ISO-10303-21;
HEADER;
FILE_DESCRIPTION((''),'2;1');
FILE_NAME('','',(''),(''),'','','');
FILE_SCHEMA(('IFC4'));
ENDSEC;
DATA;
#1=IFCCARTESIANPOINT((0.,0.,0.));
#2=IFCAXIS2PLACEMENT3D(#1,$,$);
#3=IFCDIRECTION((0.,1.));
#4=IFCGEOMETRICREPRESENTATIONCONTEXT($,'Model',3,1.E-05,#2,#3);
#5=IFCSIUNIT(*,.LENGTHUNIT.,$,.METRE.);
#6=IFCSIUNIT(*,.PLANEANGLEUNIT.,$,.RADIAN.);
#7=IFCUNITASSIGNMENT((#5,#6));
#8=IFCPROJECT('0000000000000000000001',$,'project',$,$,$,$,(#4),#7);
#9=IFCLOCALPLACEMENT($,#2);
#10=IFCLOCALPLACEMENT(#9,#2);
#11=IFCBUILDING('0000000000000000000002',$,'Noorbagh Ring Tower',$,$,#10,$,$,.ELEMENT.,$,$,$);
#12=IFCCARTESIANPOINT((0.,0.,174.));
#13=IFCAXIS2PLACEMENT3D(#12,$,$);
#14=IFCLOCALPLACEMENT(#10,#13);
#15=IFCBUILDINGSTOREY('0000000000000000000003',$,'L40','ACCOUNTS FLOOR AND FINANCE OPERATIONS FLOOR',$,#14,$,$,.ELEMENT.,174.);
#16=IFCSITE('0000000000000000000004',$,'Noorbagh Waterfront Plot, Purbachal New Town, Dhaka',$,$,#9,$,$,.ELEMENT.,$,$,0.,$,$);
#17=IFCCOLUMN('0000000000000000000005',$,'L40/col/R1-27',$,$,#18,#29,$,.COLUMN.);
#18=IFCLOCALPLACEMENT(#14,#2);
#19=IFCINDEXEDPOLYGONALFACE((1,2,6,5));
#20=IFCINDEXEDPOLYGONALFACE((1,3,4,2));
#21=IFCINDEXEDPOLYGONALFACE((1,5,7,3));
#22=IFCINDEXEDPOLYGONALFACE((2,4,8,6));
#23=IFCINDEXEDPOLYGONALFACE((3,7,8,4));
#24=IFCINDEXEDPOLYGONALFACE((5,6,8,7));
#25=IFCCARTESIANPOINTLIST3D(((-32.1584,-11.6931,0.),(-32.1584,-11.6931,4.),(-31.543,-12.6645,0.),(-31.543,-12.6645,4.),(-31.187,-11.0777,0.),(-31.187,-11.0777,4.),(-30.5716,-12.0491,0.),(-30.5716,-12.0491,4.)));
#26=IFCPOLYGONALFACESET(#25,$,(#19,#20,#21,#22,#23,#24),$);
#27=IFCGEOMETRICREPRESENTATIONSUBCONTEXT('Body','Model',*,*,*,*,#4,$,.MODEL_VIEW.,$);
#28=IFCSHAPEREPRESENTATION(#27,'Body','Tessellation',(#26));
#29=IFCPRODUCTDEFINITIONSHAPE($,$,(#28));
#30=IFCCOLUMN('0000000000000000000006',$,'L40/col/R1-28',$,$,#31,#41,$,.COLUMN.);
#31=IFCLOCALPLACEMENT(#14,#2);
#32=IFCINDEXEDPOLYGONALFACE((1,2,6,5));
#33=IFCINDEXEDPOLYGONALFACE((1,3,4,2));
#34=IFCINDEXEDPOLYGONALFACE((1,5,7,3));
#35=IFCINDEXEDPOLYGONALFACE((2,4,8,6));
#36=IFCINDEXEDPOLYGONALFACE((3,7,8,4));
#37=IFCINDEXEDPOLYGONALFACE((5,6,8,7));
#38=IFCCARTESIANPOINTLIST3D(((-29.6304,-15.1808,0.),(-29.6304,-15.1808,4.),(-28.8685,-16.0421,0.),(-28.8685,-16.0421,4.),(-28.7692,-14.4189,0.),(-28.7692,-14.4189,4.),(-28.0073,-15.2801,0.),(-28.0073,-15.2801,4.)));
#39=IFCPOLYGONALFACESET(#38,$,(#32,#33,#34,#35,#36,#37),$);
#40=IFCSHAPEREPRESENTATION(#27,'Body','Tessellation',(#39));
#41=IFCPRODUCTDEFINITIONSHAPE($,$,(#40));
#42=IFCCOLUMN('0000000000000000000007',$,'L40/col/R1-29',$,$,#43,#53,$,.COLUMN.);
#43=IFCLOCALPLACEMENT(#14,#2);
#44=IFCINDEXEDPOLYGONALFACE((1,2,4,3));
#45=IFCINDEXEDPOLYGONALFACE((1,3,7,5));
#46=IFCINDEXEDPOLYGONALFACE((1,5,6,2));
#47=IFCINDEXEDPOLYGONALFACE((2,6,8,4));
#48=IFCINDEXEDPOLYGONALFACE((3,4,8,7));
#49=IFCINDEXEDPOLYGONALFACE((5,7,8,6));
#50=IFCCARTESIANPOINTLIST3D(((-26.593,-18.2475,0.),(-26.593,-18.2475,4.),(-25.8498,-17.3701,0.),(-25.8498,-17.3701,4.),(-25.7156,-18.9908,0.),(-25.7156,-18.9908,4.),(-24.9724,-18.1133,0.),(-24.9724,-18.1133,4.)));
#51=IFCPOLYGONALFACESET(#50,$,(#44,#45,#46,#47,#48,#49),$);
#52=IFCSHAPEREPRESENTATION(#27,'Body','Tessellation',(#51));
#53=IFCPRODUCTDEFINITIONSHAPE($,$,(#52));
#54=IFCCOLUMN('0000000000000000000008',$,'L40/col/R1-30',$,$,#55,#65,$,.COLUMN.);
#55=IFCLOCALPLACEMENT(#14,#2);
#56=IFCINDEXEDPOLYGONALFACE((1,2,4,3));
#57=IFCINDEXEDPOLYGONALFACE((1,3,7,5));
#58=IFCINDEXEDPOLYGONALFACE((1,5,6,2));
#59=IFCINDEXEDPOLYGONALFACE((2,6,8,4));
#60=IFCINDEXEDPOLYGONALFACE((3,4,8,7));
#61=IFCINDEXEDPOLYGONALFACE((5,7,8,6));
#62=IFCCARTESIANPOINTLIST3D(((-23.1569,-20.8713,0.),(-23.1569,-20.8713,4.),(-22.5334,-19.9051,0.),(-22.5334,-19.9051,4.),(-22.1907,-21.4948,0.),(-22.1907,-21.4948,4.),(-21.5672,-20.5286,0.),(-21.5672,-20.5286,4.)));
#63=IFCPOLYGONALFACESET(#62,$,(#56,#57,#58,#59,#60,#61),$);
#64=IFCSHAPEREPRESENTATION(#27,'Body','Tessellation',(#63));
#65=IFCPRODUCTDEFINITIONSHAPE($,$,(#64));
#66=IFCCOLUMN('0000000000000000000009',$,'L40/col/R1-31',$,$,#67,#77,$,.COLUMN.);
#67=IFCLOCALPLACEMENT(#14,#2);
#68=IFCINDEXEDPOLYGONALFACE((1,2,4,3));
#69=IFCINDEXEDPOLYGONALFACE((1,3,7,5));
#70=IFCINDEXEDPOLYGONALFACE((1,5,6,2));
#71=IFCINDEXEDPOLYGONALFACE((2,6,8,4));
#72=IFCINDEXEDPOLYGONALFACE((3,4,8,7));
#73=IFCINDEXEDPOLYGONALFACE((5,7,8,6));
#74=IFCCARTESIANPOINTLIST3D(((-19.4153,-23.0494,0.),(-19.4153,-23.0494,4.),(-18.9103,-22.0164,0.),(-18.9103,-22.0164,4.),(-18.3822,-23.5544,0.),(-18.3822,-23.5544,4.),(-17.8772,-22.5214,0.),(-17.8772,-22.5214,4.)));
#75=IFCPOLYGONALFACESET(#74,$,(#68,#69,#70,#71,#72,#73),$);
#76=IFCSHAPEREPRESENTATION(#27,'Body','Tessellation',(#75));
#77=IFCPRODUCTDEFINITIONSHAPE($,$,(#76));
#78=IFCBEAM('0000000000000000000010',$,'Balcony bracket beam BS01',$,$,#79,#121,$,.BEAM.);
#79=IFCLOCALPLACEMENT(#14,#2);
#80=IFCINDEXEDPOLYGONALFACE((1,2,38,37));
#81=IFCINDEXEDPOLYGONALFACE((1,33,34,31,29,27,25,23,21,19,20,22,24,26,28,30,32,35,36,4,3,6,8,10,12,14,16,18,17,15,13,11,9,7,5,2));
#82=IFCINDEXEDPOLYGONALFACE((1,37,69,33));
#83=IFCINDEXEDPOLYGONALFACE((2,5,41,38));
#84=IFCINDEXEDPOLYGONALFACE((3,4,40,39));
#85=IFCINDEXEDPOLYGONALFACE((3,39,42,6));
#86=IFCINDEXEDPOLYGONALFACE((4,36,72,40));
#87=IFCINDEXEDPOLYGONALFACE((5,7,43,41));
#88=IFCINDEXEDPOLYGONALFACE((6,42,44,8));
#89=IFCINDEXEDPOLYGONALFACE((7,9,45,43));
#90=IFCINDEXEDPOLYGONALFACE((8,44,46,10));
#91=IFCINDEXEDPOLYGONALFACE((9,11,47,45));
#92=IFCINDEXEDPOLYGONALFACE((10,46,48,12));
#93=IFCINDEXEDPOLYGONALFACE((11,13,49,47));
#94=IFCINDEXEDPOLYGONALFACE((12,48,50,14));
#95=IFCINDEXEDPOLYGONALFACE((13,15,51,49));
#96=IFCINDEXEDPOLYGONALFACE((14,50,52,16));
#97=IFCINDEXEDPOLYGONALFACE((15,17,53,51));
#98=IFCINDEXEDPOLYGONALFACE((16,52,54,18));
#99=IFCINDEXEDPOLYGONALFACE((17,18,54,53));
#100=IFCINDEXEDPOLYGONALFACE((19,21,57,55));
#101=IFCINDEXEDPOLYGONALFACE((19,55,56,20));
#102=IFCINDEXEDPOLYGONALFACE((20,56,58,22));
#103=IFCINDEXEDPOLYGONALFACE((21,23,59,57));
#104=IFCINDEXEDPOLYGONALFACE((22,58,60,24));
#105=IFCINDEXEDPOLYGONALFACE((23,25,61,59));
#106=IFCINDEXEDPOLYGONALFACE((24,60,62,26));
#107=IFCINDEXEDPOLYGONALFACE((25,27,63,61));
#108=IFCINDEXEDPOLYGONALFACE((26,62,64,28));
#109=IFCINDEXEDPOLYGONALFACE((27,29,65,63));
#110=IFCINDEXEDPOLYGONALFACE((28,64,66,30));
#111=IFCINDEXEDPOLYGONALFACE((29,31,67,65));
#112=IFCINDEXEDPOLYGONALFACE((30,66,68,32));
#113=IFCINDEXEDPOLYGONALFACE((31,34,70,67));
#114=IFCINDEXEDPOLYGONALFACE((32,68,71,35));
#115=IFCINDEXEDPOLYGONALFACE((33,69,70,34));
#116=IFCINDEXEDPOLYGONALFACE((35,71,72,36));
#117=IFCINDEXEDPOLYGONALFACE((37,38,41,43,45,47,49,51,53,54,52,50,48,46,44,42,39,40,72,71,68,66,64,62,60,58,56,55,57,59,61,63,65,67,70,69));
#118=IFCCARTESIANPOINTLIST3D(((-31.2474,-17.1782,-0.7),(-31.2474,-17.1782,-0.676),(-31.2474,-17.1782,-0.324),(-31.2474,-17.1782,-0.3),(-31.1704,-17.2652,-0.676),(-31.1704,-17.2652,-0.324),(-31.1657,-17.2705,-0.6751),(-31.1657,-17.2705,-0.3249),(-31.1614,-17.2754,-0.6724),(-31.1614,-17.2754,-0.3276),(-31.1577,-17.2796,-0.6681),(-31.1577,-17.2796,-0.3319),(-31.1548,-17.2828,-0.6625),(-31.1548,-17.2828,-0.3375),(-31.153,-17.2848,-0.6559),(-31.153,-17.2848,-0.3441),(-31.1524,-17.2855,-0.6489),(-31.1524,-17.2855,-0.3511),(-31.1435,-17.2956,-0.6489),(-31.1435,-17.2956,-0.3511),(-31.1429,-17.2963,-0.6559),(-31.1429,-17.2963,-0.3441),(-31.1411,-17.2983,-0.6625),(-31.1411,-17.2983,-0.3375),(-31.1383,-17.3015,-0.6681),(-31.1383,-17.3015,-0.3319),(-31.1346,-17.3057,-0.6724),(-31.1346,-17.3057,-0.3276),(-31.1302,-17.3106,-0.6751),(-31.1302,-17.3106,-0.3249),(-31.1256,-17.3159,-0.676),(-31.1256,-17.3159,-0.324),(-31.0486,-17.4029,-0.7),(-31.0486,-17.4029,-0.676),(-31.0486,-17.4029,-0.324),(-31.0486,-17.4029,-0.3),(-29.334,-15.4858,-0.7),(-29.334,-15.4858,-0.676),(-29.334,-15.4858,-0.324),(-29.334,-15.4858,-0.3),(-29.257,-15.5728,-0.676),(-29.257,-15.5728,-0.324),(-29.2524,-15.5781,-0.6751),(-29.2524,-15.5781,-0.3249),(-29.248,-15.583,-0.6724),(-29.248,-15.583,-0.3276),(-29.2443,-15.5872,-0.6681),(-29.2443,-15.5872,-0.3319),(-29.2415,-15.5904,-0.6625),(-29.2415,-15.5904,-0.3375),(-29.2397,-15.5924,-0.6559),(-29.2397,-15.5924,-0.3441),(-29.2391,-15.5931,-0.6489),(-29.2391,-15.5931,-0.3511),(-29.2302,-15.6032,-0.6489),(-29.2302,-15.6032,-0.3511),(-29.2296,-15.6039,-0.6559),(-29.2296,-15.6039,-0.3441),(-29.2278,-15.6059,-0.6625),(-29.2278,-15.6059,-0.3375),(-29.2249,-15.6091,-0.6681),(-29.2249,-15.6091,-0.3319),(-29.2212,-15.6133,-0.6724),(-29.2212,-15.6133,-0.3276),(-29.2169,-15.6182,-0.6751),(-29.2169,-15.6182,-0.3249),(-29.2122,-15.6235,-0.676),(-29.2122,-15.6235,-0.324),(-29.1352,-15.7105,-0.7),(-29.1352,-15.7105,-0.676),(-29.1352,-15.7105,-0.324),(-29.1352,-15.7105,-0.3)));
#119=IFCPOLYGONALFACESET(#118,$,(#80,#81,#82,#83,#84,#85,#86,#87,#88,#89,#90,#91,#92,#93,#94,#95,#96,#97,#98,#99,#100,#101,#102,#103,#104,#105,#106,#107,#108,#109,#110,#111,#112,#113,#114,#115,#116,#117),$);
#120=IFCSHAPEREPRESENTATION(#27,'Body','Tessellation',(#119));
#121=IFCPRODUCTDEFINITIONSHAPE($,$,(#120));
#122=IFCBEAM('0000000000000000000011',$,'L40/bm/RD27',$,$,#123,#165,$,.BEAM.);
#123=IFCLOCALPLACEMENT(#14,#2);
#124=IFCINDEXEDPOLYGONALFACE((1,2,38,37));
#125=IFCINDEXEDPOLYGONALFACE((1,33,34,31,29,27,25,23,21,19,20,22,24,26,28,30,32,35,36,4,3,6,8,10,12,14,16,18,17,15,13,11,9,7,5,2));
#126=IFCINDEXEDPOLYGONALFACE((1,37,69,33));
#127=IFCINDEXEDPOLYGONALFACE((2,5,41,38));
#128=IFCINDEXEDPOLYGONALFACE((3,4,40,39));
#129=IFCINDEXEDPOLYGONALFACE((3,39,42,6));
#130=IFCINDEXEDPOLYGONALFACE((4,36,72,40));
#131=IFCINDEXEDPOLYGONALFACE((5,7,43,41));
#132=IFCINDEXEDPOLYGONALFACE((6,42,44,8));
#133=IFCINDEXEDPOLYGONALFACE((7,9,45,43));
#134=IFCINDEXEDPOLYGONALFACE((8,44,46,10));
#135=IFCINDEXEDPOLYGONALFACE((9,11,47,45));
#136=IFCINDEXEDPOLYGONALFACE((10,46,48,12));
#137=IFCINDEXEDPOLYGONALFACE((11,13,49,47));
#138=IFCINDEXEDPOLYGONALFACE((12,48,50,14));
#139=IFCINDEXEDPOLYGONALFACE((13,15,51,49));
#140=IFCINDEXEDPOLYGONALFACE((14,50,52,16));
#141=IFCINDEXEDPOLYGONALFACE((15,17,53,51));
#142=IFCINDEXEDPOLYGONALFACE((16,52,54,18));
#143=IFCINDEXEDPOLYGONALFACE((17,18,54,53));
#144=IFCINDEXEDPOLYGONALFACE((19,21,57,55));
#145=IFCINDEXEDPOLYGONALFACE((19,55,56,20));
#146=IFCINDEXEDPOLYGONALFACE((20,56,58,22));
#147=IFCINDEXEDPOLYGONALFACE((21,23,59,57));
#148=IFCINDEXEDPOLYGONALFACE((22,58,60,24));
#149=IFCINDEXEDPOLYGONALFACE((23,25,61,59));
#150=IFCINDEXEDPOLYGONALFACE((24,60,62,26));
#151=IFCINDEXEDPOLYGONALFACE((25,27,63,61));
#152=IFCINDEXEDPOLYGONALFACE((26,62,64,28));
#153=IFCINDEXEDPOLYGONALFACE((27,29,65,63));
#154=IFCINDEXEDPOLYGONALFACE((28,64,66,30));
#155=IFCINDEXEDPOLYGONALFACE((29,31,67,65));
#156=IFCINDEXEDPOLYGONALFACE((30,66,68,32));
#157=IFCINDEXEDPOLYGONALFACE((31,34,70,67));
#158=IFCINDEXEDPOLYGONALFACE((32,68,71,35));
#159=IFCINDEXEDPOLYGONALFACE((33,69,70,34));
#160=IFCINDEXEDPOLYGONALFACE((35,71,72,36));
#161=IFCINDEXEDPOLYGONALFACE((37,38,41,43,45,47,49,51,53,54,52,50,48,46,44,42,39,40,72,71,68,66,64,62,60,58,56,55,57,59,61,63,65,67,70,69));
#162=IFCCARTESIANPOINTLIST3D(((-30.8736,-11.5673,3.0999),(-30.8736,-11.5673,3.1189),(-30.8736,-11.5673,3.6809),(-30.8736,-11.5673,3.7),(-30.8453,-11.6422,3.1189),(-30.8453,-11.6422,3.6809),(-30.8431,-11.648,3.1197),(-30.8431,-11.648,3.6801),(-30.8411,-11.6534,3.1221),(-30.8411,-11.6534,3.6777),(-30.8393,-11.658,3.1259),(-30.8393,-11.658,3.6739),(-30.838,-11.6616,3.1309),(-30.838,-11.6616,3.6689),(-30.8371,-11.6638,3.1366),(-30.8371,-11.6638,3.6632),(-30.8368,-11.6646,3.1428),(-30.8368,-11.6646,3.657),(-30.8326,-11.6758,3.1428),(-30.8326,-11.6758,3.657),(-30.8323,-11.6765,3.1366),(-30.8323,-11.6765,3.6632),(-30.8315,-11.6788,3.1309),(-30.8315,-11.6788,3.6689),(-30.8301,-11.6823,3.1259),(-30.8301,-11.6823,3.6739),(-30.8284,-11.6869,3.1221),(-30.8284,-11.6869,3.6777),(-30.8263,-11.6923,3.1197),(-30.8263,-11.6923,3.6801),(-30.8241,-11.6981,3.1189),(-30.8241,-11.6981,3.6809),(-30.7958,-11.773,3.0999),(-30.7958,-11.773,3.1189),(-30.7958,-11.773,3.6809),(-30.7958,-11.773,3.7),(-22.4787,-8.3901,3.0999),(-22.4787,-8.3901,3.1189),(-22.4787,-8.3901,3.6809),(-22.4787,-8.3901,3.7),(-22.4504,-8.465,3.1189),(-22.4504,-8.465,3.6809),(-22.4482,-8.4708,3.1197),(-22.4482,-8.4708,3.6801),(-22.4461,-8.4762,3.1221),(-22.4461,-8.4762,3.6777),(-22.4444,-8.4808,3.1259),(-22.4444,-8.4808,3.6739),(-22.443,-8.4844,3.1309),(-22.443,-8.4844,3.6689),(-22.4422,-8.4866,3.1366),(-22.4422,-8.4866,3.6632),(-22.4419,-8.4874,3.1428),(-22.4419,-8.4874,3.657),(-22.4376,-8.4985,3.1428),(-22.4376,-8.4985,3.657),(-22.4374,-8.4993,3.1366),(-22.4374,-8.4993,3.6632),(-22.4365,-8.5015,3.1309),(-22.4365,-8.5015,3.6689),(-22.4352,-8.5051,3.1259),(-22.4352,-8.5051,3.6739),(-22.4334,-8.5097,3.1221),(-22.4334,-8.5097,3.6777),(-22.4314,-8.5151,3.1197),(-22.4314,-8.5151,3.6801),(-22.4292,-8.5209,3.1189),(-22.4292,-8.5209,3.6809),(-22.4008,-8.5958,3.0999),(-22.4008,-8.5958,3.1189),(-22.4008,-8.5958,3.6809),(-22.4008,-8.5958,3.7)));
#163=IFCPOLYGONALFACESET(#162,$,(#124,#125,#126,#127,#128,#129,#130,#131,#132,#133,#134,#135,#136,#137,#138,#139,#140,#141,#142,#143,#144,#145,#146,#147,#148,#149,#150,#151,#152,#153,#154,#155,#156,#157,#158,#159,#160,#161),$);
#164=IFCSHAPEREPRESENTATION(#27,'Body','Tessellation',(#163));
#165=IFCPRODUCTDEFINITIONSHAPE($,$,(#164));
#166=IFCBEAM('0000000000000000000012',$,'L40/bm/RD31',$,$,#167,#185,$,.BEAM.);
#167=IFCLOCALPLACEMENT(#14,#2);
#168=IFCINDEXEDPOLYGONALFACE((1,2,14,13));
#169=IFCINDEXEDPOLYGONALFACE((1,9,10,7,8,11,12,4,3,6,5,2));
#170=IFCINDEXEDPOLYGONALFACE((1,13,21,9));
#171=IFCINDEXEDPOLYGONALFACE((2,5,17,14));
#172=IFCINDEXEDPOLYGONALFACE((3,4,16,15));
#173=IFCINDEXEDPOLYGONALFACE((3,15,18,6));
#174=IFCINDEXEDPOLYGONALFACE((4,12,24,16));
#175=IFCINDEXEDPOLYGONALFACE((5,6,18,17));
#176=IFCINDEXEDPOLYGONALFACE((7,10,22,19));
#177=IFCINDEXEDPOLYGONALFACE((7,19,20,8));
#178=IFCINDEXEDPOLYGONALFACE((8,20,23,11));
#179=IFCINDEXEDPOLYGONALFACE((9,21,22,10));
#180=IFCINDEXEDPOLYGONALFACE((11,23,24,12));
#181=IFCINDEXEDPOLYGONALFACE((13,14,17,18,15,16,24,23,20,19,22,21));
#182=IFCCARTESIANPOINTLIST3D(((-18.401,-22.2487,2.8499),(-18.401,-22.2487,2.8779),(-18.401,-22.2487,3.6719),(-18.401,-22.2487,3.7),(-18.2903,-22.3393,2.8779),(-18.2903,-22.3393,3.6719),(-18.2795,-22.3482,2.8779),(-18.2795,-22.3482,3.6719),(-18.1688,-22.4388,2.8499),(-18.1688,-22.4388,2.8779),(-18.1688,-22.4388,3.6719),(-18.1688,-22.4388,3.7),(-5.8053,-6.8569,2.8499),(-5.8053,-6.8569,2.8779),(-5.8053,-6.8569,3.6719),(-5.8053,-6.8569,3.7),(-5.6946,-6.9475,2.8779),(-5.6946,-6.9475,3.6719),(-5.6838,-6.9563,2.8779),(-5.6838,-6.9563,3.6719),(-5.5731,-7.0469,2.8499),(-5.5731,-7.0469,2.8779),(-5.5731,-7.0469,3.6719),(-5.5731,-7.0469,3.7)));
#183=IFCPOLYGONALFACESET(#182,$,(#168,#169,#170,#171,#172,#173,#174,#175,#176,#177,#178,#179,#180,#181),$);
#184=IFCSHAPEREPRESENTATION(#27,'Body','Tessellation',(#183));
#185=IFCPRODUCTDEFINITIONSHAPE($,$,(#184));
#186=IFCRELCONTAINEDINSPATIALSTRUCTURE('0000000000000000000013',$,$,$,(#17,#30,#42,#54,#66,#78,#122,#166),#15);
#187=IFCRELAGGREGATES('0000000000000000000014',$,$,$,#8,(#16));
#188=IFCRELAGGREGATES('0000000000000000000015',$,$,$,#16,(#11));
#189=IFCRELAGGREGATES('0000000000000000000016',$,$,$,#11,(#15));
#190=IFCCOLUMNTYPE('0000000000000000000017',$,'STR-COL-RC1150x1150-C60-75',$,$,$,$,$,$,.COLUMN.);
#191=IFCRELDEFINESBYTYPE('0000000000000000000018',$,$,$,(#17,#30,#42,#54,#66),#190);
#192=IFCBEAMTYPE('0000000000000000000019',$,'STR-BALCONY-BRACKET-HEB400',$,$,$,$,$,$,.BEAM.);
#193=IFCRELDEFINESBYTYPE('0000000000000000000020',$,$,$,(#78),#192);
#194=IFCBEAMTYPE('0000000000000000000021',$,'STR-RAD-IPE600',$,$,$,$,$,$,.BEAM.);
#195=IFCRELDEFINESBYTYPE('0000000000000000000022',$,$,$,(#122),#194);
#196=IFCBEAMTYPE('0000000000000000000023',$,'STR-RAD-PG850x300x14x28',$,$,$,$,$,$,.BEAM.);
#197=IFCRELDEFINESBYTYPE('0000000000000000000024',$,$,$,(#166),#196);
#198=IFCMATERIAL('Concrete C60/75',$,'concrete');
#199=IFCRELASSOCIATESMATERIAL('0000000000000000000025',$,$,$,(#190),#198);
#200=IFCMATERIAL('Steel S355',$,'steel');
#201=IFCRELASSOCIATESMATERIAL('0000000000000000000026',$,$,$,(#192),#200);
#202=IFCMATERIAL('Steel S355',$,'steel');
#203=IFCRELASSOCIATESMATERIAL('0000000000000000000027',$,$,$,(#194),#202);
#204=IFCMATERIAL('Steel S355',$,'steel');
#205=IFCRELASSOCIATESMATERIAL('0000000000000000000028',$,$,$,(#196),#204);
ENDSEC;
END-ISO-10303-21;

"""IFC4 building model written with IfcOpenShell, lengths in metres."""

from ifc_helpers import new_model, si_unit, direction, frame, origin, origin_2d, place, context, subcontext, project, spatial, rectangle, i_section, extrude, material, material_profile, profile_set, type_object, element, save


model = new_model("IFC4")

# Units and contexts
model_context = context("Model", 3, precision=1e-05, world=origin(), true_north=direction((0.0, 1.0)))
body_context = subcontext(model_context, "Body", "Model", "MODEL_VIEW")
ifc_project = project(units=[si_unit("LENGTHUNIT", "METRE"), si_unit("PLANEANGLEUNIT", "RADIAN")], contexts=[model_context])

# Site, building, storey
site_placement = place(None, origin())
site = spatial("IfcSite", under=ifc_project, at=site_placement, Name="Noorbagh Waterfront Plot, Purbachal New Town, Dhaka", CompositionType="ELEMENT", RefElevation=0.0)
building_placement = place(site_placement, origin())
building = spatial("IfcBuilding", under=site, at=building_placement, Name="Noorbagh Ring Tower", CompositionType="ELEMENT")
storey_placement = place(building_placement, frame((0.0, 0.0, 174.0)))
storey = spatial("IfcBuildingStorey", under=building, at=storey_placement, Name="L40", Description="ACCOUNTS FLOOR AND FINANCE OPERATIONS FLOOR", CompositionType="ELEMENT", Elevation=174.0)

# Columns
ifc_material_1 = material(Name="Concrete C60/75", Category="concrete")
ifc_material_profile_1 = material_profile(ifc_material_1, rectangle(XDim=1.1499, YDim=1.1499, at=origin_2d()), Name="RC1150x1150")
ifc_profile_set_1 = profile_set([ifc_material_profile_1], Name="Concrete C60/75")
column_type = type_object("IfcColumnType", Name="STR-COL-RC1150x1150-C60-75", PredefinedType="COLUMN", material=ifc_profile_set_1)
for number, where, z_axis, x_axis, name in (
    (1, (-31.365, -11.8711, 0.0), (0.0, 0.0, 1.0), (0.53519, -0.844731, 0.0), "L40/col/R1-27"),
    (2, (-28.8188, -15.2305, 0.0), (0.0, 0.0, 1.0), (0.662636, -0.748942, 0.0), "L40/col/R1-28"),
    (3, (-25.7827, -18.1804, 0.0), (0.0, 0.0, 1.0), (0.763035, -0.646357, 0.0), "L40/col/R1-29"),
    (4, (-22.3621, -20.7, 0.0), (0.0, 0.0, 1.0), (0.840248, -0.542203, 0.0), "L40/col/R1-30"),
    (5, (-18.6462, -22.7854, 0.0), (0.0, 0.0, 1.0), (0.898399, -0.43918, 0.0), "L40/col/R1-31"),
):
    element("IfcColumn", number, at=place(storey_placement, frame(where, z_axis=z_axis, x_axis=x_axis)), inside=storey, type_object=column_type, Name=name, PredefinedType="COLUMN", context=body_context, shape_type="SweptSolid", body=[
        extrude(rectangle(XDim=1.1499, YDim=1.1499, at=origin_2d()), origin(), (0.0, 0.0, 1.0), 4.0),
    ])

# Beams
ifc_material_2 = material(Name="Steel S355", Category="steel")
ifc_material_profile_2 = material_profile(ifc_material_2, i_section(OverallWidth=0.3, OverallDepth=0.3999, WebThickness=0.0134, FlangeThickness=0.0239, FilletRadius=0.0271, at=origin_2d()), Name="HEB400")
ifc_profile_set_2 = profile_set([ifc_material_profile_2], Name="Steel S355")
beam_type_1 = type_object("IfcBeamType", Name="STR-BALCONY-BRACKET-HEB400", PredefinedType="BEAM", material=ifc_profile_set_2)
beam_1_placement = place(storey_placement, frame((-29.2346, -15.5981, -0.5), z_axis=(-0.749031, -0.662535, 0.0), x_axis=(0.662535, -0.749031, 0.0)))
element("IfcBeam", 6, at=beam_1_placement, inside=storey, type_object=beam_type_1, Name="Balcony bracket beam BS01", PredefinedType="BEAM", context=body_context, shape_type="SweptSolid", body=[
    extrude(i_section(OverallWidth=0.3, OverallDepth=0.3999, WebThickness=0.0134, FlangeThickness=0.0239, FilletRadius=0.0271, at=origin_2d()), origin(), (0.0, 0.0, 1.0), 2.5544),
])
ifc_material_3 = material(Name="Steel S355", Category="steel")
ifc_material_profile_3 = material_profile(ifc_material_3, i_section(OverallWidth=0.22, OverallDepth=0.6001, WebThickness=0.012, FlangeThickness=0.019, FilletRadius=0.0239, at=origin_2d()), Name="IPE600")
ifc_profile_set_3 = profile_set([ifc_material_profile_3], Name="Steel S355")
beam_type_2 = type_object("IfcBeamType", Name="STR-RAD-IPE600", PredefinedType="BEAM", material=ifc_profile_set_3)
beam_2_placement = place(storey_placement, frame((-30.8347, -11.6702, 3.3999), z_axis=(0.935259, 0.353965, 0.0), x_axis=(-0.353965, 0.935259, 0.0)))
element("IfcBeam", 7, at=beam_2_placement, inside=storey, type_object=beam_type_2, Name="L40/bm/RD27", PredefinedType="BEAM", context=body_context, shape_type="SweptSolid", body=[
    extrude(i_section(OverallWidth=0.22, OverallDepth=0.6001, WebThickness=0.012, FlangeThickness=0.019, FilletRadius=0.0239, at=origin_2d()), origin(), (0.0, 0.0, 1.0), 8.9761),
])
ifc_material_4 = material(Name="Steel S355", Category="steel")
ifc_material_profile_4 = material_profile(ifc_material_4, i_section(OverallWidth=0.3, OverallDepth=0.8501, WebThickness=0.0139, FlangeThickness=0.0281, at=origin_2d()), Name="PG850x300x14x28")
ifc_profile_set_4 = profile_set([ifc_material_profile_4], Name="Steel S355")
beam_type_3 = type_object("IfcBeamType", Name="STR-RAD-PG850x300x14x28", PredefinedType="BEAM", material=ifc_profile_set_4)
beam_3_placement = place(storey_placement, frame((-18.2849, -22.3438, 3.2749), z_axis=(0.633309, 0.773899, 0.0), x_axis=(-0.773899, 0.633309, 0.0)))
element("IfcBeam", 8, at=beam_3_placement, inside=storey, type_object=beam_type_3, Name="L40/bm/RD31", PredefinedType="BEAM", context=body_context, shape_type="SweptSolid", body=[
    extrude(i_section(OverallWidth=0.3, OverallDepth=0.8501, WebThickness=0.0139, FlangeThickness=0.0281, at=origin_2d()), origin(), (0.0, 0.0, 1.0), 19.8887),
])

save(model, "model.ifc")
